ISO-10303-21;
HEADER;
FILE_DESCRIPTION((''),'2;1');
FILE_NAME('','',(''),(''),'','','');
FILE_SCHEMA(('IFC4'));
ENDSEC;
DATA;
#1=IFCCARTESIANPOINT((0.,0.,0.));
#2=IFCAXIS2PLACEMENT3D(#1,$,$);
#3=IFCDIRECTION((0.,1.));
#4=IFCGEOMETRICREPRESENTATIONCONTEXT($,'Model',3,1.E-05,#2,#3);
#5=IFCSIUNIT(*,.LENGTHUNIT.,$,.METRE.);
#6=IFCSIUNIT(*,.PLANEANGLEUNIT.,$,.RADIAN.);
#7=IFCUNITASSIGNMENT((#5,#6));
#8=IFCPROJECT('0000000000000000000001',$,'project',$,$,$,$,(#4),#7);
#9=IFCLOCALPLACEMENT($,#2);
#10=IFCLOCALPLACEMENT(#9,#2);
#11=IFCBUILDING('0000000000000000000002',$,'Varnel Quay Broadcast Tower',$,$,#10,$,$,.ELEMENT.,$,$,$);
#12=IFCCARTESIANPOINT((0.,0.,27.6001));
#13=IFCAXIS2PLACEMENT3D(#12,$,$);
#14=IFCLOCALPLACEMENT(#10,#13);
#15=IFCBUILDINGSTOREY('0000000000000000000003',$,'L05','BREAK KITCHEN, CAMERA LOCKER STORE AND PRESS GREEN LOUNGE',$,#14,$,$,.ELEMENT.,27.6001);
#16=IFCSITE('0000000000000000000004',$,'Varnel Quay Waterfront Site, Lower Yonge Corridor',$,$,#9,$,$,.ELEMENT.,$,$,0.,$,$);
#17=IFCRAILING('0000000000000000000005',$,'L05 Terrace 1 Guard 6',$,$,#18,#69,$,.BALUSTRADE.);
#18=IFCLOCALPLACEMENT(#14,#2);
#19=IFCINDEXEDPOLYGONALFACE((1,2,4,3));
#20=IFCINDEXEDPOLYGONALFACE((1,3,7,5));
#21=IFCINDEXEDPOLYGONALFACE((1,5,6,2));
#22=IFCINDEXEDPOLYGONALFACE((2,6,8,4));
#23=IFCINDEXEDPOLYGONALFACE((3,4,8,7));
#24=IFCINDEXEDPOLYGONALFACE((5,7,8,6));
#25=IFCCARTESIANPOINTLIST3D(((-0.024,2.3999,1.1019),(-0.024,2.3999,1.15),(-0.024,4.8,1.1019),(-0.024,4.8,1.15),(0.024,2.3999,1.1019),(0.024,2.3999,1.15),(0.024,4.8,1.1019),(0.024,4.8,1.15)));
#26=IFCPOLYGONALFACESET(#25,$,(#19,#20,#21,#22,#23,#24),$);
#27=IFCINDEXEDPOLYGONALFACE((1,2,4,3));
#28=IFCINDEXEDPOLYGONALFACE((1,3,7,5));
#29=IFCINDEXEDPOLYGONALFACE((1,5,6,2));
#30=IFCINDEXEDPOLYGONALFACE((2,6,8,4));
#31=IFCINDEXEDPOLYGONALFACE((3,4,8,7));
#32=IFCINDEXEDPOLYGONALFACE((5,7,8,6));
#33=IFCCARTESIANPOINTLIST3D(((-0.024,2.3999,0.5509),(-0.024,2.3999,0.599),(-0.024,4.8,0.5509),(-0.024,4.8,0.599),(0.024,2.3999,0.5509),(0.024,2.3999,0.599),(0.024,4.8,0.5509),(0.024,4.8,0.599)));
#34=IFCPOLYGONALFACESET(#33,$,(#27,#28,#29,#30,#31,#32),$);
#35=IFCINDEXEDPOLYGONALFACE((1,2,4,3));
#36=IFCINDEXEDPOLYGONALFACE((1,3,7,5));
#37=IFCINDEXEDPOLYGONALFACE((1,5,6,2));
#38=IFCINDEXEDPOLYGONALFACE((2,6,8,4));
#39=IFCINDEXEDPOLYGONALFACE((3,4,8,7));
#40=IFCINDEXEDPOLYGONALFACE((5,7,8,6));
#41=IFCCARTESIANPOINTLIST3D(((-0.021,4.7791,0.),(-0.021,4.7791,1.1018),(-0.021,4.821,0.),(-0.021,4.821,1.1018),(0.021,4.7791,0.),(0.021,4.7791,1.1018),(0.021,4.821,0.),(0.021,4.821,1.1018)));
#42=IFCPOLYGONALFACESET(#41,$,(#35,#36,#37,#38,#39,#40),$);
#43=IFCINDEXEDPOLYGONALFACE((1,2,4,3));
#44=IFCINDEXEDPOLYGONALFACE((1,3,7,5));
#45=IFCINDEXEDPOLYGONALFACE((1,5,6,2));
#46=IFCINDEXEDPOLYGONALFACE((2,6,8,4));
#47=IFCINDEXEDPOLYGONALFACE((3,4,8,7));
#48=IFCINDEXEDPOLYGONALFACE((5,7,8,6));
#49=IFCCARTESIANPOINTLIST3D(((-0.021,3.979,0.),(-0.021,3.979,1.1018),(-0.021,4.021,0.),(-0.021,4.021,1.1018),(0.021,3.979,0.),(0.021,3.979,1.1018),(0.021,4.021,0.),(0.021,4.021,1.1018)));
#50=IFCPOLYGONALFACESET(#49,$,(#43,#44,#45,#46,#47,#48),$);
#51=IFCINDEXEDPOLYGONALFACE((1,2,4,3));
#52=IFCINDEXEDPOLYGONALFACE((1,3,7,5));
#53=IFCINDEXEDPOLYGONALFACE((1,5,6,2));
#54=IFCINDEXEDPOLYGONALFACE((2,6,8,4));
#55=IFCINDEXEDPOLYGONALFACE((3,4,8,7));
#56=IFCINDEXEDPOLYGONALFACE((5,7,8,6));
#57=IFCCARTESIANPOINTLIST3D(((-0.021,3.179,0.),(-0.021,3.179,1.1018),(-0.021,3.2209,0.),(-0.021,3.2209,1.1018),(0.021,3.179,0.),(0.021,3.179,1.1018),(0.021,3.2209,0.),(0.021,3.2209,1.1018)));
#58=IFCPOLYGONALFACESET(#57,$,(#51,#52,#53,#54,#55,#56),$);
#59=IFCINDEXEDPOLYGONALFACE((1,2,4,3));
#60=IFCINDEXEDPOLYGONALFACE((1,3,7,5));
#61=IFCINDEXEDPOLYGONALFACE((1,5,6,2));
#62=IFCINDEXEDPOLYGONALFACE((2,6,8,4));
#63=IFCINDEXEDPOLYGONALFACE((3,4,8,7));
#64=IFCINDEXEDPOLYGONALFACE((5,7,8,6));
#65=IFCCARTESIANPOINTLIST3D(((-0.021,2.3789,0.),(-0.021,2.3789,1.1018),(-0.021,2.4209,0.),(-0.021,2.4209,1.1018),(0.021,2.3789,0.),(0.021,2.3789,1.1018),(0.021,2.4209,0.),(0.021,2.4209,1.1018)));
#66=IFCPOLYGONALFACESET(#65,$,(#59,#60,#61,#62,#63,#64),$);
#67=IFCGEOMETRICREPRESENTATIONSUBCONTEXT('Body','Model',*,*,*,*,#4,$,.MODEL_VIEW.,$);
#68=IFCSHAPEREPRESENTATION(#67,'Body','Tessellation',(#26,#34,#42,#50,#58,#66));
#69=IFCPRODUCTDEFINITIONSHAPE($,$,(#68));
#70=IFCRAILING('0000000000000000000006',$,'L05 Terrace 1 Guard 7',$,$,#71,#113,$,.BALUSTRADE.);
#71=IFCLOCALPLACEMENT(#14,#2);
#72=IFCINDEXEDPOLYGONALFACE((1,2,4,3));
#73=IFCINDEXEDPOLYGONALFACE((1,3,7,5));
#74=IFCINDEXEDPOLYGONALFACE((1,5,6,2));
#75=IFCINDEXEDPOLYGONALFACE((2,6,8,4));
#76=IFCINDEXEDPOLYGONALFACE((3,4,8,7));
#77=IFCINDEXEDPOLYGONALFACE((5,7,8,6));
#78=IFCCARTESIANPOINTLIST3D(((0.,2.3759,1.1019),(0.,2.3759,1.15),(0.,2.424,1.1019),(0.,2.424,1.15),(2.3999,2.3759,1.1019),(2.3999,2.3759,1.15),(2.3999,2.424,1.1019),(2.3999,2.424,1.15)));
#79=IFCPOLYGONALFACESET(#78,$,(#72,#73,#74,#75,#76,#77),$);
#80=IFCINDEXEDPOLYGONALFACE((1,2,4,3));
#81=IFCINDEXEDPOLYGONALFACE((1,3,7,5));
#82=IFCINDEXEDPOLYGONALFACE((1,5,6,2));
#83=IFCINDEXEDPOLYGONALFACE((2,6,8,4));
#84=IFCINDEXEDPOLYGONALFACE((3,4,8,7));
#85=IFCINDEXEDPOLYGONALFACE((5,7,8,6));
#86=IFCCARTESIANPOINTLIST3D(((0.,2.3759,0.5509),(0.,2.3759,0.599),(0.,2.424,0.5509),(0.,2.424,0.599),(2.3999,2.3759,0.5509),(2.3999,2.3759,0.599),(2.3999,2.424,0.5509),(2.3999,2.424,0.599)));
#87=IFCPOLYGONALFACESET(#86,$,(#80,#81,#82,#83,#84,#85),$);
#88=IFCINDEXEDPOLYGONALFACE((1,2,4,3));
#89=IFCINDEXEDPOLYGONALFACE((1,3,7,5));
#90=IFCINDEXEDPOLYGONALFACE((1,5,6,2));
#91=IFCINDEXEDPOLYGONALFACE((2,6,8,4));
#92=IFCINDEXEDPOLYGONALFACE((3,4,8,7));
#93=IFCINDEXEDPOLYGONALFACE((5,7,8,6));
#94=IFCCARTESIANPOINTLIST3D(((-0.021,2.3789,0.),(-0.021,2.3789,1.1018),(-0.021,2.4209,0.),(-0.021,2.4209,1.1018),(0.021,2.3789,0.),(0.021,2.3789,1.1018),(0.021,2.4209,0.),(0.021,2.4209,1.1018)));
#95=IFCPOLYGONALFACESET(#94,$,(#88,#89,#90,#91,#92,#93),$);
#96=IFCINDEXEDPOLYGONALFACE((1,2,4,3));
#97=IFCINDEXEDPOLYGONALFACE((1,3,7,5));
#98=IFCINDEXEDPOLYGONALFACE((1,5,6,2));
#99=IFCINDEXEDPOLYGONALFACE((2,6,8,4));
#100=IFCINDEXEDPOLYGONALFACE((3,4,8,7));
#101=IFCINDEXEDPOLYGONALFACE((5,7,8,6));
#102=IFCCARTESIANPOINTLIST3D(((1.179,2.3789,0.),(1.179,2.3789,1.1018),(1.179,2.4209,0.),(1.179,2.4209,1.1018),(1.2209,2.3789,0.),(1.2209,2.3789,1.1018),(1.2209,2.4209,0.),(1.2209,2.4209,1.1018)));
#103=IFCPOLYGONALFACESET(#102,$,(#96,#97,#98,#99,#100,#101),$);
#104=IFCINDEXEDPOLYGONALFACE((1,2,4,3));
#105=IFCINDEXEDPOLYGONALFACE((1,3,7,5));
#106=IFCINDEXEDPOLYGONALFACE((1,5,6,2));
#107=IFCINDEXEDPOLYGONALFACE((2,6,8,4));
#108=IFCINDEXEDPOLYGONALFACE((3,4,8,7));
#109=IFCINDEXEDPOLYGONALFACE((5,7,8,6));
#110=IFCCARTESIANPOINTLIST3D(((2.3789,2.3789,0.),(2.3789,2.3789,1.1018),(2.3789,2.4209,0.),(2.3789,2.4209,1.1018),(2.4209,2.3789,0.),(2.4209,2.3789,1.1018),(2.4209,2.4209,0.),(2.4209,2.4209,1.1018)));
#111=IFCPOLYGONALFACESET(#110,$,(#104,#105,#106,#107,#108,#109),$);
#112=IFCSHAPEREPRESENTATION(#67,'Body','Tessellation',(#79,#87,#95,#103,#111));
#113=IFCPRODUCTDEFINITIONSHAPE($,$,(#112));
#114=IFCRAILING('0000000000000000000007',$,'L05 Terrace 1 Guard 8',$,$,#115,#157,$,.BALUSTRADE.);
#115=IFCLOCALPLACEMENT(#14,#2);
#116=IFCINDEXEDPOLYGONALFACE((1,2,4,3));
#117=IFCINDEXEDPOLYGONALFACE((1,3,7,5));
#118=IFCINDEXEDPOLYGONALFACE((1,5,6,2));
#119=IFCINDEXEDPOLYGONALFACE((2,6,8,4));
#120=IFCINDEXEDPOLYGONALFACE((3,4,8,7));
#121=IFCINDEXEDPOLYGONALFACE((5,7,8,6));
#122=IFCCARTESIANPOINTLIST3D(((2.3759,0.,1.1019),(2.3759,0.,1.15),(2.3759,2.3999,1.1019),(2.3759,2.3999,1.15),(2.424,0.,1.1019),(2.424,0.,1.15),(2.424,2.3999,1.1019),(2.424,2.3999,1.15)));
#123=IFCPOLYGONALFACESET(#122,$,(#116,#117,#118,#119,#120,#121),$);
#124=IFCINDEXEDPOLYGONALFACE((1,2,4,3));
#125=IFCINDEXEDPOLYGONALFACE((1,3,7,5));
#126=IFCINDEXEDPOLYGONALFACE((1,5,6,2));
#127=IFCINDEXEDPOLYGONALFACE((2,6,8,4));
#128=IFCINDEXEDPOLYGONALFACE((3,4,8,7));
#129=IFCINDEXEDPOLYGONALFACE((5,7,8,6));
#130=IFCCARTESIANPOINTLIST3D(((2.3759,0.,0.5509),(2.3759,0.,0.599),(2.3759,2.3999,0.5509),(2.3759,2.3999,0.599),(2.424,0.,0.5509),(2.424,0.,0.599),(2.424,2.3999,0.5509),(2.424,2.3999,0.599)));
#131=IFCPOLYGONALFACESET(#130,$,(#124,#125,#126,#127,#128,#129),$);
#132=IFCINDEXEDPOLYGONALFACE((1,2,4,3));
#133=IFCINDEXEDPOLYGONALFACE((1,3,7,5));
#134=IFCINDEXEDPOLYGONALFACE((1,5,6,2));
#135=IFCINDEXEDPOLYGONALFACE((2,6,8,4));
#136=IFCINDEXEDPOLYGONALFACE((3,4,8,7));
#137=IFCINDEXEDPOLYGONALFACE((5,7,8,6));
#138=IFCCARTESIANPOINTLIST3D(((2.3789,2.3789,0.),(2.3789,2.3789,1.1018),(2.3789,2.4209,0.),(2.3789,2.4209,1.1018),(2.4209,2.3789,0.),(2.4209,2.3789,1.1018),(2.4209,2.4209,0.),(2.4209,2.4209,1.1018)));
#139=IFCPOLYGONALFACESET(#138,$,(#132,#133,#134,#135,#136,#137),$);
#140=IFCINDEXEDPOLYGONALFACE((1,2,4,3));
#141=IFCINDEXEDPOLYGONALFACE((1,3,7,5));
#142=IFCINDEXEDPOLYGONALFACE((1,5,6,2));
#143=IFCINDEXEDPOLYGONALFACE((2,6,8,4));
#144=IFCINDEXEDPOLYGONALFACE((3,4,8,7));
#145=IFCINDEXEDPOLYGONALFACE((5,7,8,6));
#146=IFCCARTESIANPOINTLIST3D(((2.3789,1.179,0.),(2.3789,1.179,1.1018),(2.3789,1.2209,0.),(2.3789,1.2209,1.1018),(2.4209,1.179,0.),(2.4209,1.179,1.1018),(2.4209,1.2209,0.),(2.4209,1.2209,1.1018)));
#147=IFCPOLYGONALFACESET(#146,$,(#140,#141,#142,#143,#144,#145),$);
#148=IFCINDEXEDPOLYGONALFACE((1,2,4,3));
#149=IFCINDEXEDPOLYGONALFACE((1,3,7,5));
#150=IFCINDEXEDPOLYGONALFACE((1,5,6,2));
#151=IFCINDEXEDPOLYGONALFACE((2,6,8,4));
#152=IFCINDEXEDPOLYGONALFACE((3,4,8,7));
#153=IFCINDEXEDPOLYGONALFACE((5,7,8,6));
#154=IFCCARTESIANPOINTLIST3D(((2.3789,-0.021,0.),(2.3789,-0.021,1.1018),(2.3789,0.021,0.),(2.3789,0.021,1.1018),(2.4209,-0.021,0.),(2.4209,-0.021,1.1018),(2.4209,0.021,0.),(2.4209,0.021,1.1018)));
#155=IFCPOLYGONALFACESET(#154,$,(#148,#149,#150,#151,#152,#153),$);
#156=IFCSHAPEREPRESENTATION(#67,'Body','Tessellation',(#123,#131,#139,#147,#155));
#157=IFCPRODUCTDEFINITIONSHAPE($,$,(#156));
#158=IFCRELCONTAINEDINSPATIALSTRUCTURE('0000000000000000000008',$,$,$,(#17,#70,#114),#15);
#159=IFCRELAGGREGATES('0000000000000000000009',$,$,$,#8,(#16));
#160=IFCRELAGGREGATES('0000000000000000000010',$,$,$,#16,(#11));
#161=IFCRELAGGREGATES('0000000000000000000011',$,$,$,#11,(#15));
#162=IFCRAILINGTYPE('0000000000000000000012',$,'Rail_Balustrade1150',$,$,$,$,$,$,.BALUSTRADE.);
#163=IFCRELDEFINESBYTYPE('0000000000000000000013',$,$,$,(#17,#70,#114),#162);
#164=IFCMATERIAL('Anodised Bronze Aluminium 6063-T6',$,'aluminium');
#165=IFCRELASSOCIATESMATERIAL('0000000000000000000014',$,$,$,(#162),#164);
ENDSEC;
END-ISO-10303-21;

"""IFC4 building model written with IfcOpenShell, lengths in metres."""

from ifc_helpers import new_model, si_unit, direction, frame, origin, origin_2d, place, context, subcontext, project, spatial, rectangle, extrude, material, type_object, element, save


model = new_model("IFC4")

# Units and contexts
model_context = context("Model", 3, precision=1e-05, world=origin(), true_north=direction((0.0, 1.0)))
body_context = subcontext(model_context, "Body", "Model", "MODEL_VIEW")
ifc_project = project(units=[si_unit("LENGTHUNIT", "METRE"), si_unit("PLANEANGLEUNIT", "RADIAN")], contexts=[model_context])

# Site, building, storey
site_placement = place(None, origin())
site = spatial("IfcSite", under=ifc_project, at=site_placement, Name="Varnel Quay Waterfront Site, Lower Yonge Corridor", CompositionType="ELEMENT", RefElevation=0.0)
building_placement = place(site_placement, origin())
building = spatial("IfcBuilding", under=site, at=building_placement, Name="Varnel Quay Broadcast Tower", CompositionType="ELEMENT")
storey_placement = place(building_placement, frame((0.0, 0.0, 27.6001)))
storey = spatial("IfcBuildingStorey", under=building, at=storey_placement, Name="L05", Description="BREAK KITCHEN, CAMERA LOCKER STORE AND PRESS GREEN LOUNGE", CompositionType="ELEMENT", Elevation=27.6001)

# Shared definitions
ifc_material_1 = material(Name="Anodised Bronze Aluminium 6063-T6", Category="aluminium")

# Railings
railing_type = type_object("IfcRailingType", Name="Rail_Balustrade1150", PredefinedType="BALUSTRADE", material=ifc_material_1)
railing_1_placement = place(storey_placement, frame((0.0, 4.8, 0.0)))
element("IfcRailing", 1, at=railing_1_placement, inside=storey, type_object=railing_type, Name="L05 Terrace 1 Guard 6", PredefinedType="BALUSTRADE", context=body_context, shape_type="SweptSolid", body=[
    extrude(rectangle(XDim=0.0481, YDim=0.0481, at=origin_2d()), frame((0.0, 0.0, 1.126), z_axis=(0.0, -1.0, 0.0), x_axis=(1.0, 0.0, 0.0)), (0.0, 0.0, 1.0), 2.4001),
    extrude(rectangle(XDim=0.0481, YDim=0.0481, at=origin_2d()), frame((0.0, 0.0, 0.575), z_axis=(0.0, -1.0, 0.0), x_axis=(1.0, 0.0, 0.0)), (0.0, 0.0, 1.0), 2.4001),
    extrude(rectangle(XDim=0.042, YDim=0.042, at=origin_2d()), origin(), (0.0, 0.0, 1.0), 1.1018),
    extrude(rectangle(XDim=0.042, YDim=0.042, at=origin_2d()), frame((0.0, -0.8, 0.0)), (0.0, 0.0, 1.0), 1.1018),
    extrude(rectangle(XDim=0.042, YDim=0.042, at=origin_2d()), frame((0.0, -1.6001, 0.0)), (0.0, 0.0, 1.0), 1.1018),
    extrude(rectangle(XDim=0.042, YDim=0.042, at=origin_2d()), frame((0.0, -2.4001, 0.0)), (0.0, 0.0, 1.0), 1.1018),
])
railing_2_placement = place(storey_placement, frame((0.0, 2.3999, 0.0)))
element("IfcRailing", 2, at=railing_2_placement, inside=storey, type_object=railing_type, Name="L05 Terrace 1 Guard 7", PredefinedType="BALUSTRADE", context=body_context, shape_type="SweptSolid", body=[
    extrude(rectangle(XDim=0.0481, YDim=0.0481, at=origin_2d()), frame((0.0, 0.0, 1.126), z_axis=(1.0, 0.0, 0.0), x_axis=(0.0, 1.0, 0.0)), (0.0, 0.0, 1.0), 2.3999),
    extrude(rectangle(XDim=0.0481, YDim=0.0481, at=origin_2d()), frame((0.0, 0.0, 0.575), z_axis=(1.0, 0.0, 0.0), x_axis=(0.0, 1.0, 0.0)), (0.0, 0.0, 1.0), 2.3999),
    extrude(rectangle(XDim=0.042, YDim=0.042, at=origin_2d()), origin(), (0.0, 0.0, 1.0), 1.1018),
    extrude(rectangle(XDim=0.042, YDim=0.042, at=origin_2d()), frame((1.2, 0.0, 0.0)), (0.0, 0.0, 1.0), 1.1018),
    extrude(rectangle(XDim=0.042, YDim=0.042, at=origin_2d()), frame((2.3999, 0.0, 0.0)), (0.0, 0.0, 1.0), 1.1018),
])
railing_3_placement = place(storey_placement, frame((2.3999, 2.3999, 0.0)))
element("IfcRailing", 3, at=railing_3_placement, inside=storey, type_object=railing_type, Name="L05 Terrace 1 Guard 8", PredefinedType="BALUSTRADE", context=body_context, shape_type="SweptSolid", body=[
    extrude(rectangle(XDim=0.0481, YDim=0.0481, at=origin_2d()), frame((0.0, 0.0, 1.126), z_axis=(0.0, -1.0, 0.0), x_axis=(1.0, 0.0, 0.0)), (0.0, 0.0, 1.0), 2.3999),
    extrude(rectangle(XDim=0.0481, YDim=0.0481, at=origin_2d()), frame((0.0, 0.0, 0.575), z_axis=(0.0, -1.0, 0.0), x_axis=(1.0, 0.0, 0.0)), (0.0, 0.0, 1.0), 2.3999),
    extrude(rectangle(XDim=0.042, YDim=0.042, at=origin_2d()), origin(), (0.0, 0.0, 1.0), 1.1018),
    extrude(rectangle(XDim=0.042, YDim=0.042, at=origin_2d()), frame((0.0, -1.2, 0.0)), (0.0, 0.0, 1.0), 1.1018),
    extrude(rectangle(XDim=0.042, YDim=0.042, at=origin_2d()), frame((0.0, -2.3999, 0.0)), (0.0, 0.0, 1.0), 1.1018),
])

save(model, "model.ifc")
